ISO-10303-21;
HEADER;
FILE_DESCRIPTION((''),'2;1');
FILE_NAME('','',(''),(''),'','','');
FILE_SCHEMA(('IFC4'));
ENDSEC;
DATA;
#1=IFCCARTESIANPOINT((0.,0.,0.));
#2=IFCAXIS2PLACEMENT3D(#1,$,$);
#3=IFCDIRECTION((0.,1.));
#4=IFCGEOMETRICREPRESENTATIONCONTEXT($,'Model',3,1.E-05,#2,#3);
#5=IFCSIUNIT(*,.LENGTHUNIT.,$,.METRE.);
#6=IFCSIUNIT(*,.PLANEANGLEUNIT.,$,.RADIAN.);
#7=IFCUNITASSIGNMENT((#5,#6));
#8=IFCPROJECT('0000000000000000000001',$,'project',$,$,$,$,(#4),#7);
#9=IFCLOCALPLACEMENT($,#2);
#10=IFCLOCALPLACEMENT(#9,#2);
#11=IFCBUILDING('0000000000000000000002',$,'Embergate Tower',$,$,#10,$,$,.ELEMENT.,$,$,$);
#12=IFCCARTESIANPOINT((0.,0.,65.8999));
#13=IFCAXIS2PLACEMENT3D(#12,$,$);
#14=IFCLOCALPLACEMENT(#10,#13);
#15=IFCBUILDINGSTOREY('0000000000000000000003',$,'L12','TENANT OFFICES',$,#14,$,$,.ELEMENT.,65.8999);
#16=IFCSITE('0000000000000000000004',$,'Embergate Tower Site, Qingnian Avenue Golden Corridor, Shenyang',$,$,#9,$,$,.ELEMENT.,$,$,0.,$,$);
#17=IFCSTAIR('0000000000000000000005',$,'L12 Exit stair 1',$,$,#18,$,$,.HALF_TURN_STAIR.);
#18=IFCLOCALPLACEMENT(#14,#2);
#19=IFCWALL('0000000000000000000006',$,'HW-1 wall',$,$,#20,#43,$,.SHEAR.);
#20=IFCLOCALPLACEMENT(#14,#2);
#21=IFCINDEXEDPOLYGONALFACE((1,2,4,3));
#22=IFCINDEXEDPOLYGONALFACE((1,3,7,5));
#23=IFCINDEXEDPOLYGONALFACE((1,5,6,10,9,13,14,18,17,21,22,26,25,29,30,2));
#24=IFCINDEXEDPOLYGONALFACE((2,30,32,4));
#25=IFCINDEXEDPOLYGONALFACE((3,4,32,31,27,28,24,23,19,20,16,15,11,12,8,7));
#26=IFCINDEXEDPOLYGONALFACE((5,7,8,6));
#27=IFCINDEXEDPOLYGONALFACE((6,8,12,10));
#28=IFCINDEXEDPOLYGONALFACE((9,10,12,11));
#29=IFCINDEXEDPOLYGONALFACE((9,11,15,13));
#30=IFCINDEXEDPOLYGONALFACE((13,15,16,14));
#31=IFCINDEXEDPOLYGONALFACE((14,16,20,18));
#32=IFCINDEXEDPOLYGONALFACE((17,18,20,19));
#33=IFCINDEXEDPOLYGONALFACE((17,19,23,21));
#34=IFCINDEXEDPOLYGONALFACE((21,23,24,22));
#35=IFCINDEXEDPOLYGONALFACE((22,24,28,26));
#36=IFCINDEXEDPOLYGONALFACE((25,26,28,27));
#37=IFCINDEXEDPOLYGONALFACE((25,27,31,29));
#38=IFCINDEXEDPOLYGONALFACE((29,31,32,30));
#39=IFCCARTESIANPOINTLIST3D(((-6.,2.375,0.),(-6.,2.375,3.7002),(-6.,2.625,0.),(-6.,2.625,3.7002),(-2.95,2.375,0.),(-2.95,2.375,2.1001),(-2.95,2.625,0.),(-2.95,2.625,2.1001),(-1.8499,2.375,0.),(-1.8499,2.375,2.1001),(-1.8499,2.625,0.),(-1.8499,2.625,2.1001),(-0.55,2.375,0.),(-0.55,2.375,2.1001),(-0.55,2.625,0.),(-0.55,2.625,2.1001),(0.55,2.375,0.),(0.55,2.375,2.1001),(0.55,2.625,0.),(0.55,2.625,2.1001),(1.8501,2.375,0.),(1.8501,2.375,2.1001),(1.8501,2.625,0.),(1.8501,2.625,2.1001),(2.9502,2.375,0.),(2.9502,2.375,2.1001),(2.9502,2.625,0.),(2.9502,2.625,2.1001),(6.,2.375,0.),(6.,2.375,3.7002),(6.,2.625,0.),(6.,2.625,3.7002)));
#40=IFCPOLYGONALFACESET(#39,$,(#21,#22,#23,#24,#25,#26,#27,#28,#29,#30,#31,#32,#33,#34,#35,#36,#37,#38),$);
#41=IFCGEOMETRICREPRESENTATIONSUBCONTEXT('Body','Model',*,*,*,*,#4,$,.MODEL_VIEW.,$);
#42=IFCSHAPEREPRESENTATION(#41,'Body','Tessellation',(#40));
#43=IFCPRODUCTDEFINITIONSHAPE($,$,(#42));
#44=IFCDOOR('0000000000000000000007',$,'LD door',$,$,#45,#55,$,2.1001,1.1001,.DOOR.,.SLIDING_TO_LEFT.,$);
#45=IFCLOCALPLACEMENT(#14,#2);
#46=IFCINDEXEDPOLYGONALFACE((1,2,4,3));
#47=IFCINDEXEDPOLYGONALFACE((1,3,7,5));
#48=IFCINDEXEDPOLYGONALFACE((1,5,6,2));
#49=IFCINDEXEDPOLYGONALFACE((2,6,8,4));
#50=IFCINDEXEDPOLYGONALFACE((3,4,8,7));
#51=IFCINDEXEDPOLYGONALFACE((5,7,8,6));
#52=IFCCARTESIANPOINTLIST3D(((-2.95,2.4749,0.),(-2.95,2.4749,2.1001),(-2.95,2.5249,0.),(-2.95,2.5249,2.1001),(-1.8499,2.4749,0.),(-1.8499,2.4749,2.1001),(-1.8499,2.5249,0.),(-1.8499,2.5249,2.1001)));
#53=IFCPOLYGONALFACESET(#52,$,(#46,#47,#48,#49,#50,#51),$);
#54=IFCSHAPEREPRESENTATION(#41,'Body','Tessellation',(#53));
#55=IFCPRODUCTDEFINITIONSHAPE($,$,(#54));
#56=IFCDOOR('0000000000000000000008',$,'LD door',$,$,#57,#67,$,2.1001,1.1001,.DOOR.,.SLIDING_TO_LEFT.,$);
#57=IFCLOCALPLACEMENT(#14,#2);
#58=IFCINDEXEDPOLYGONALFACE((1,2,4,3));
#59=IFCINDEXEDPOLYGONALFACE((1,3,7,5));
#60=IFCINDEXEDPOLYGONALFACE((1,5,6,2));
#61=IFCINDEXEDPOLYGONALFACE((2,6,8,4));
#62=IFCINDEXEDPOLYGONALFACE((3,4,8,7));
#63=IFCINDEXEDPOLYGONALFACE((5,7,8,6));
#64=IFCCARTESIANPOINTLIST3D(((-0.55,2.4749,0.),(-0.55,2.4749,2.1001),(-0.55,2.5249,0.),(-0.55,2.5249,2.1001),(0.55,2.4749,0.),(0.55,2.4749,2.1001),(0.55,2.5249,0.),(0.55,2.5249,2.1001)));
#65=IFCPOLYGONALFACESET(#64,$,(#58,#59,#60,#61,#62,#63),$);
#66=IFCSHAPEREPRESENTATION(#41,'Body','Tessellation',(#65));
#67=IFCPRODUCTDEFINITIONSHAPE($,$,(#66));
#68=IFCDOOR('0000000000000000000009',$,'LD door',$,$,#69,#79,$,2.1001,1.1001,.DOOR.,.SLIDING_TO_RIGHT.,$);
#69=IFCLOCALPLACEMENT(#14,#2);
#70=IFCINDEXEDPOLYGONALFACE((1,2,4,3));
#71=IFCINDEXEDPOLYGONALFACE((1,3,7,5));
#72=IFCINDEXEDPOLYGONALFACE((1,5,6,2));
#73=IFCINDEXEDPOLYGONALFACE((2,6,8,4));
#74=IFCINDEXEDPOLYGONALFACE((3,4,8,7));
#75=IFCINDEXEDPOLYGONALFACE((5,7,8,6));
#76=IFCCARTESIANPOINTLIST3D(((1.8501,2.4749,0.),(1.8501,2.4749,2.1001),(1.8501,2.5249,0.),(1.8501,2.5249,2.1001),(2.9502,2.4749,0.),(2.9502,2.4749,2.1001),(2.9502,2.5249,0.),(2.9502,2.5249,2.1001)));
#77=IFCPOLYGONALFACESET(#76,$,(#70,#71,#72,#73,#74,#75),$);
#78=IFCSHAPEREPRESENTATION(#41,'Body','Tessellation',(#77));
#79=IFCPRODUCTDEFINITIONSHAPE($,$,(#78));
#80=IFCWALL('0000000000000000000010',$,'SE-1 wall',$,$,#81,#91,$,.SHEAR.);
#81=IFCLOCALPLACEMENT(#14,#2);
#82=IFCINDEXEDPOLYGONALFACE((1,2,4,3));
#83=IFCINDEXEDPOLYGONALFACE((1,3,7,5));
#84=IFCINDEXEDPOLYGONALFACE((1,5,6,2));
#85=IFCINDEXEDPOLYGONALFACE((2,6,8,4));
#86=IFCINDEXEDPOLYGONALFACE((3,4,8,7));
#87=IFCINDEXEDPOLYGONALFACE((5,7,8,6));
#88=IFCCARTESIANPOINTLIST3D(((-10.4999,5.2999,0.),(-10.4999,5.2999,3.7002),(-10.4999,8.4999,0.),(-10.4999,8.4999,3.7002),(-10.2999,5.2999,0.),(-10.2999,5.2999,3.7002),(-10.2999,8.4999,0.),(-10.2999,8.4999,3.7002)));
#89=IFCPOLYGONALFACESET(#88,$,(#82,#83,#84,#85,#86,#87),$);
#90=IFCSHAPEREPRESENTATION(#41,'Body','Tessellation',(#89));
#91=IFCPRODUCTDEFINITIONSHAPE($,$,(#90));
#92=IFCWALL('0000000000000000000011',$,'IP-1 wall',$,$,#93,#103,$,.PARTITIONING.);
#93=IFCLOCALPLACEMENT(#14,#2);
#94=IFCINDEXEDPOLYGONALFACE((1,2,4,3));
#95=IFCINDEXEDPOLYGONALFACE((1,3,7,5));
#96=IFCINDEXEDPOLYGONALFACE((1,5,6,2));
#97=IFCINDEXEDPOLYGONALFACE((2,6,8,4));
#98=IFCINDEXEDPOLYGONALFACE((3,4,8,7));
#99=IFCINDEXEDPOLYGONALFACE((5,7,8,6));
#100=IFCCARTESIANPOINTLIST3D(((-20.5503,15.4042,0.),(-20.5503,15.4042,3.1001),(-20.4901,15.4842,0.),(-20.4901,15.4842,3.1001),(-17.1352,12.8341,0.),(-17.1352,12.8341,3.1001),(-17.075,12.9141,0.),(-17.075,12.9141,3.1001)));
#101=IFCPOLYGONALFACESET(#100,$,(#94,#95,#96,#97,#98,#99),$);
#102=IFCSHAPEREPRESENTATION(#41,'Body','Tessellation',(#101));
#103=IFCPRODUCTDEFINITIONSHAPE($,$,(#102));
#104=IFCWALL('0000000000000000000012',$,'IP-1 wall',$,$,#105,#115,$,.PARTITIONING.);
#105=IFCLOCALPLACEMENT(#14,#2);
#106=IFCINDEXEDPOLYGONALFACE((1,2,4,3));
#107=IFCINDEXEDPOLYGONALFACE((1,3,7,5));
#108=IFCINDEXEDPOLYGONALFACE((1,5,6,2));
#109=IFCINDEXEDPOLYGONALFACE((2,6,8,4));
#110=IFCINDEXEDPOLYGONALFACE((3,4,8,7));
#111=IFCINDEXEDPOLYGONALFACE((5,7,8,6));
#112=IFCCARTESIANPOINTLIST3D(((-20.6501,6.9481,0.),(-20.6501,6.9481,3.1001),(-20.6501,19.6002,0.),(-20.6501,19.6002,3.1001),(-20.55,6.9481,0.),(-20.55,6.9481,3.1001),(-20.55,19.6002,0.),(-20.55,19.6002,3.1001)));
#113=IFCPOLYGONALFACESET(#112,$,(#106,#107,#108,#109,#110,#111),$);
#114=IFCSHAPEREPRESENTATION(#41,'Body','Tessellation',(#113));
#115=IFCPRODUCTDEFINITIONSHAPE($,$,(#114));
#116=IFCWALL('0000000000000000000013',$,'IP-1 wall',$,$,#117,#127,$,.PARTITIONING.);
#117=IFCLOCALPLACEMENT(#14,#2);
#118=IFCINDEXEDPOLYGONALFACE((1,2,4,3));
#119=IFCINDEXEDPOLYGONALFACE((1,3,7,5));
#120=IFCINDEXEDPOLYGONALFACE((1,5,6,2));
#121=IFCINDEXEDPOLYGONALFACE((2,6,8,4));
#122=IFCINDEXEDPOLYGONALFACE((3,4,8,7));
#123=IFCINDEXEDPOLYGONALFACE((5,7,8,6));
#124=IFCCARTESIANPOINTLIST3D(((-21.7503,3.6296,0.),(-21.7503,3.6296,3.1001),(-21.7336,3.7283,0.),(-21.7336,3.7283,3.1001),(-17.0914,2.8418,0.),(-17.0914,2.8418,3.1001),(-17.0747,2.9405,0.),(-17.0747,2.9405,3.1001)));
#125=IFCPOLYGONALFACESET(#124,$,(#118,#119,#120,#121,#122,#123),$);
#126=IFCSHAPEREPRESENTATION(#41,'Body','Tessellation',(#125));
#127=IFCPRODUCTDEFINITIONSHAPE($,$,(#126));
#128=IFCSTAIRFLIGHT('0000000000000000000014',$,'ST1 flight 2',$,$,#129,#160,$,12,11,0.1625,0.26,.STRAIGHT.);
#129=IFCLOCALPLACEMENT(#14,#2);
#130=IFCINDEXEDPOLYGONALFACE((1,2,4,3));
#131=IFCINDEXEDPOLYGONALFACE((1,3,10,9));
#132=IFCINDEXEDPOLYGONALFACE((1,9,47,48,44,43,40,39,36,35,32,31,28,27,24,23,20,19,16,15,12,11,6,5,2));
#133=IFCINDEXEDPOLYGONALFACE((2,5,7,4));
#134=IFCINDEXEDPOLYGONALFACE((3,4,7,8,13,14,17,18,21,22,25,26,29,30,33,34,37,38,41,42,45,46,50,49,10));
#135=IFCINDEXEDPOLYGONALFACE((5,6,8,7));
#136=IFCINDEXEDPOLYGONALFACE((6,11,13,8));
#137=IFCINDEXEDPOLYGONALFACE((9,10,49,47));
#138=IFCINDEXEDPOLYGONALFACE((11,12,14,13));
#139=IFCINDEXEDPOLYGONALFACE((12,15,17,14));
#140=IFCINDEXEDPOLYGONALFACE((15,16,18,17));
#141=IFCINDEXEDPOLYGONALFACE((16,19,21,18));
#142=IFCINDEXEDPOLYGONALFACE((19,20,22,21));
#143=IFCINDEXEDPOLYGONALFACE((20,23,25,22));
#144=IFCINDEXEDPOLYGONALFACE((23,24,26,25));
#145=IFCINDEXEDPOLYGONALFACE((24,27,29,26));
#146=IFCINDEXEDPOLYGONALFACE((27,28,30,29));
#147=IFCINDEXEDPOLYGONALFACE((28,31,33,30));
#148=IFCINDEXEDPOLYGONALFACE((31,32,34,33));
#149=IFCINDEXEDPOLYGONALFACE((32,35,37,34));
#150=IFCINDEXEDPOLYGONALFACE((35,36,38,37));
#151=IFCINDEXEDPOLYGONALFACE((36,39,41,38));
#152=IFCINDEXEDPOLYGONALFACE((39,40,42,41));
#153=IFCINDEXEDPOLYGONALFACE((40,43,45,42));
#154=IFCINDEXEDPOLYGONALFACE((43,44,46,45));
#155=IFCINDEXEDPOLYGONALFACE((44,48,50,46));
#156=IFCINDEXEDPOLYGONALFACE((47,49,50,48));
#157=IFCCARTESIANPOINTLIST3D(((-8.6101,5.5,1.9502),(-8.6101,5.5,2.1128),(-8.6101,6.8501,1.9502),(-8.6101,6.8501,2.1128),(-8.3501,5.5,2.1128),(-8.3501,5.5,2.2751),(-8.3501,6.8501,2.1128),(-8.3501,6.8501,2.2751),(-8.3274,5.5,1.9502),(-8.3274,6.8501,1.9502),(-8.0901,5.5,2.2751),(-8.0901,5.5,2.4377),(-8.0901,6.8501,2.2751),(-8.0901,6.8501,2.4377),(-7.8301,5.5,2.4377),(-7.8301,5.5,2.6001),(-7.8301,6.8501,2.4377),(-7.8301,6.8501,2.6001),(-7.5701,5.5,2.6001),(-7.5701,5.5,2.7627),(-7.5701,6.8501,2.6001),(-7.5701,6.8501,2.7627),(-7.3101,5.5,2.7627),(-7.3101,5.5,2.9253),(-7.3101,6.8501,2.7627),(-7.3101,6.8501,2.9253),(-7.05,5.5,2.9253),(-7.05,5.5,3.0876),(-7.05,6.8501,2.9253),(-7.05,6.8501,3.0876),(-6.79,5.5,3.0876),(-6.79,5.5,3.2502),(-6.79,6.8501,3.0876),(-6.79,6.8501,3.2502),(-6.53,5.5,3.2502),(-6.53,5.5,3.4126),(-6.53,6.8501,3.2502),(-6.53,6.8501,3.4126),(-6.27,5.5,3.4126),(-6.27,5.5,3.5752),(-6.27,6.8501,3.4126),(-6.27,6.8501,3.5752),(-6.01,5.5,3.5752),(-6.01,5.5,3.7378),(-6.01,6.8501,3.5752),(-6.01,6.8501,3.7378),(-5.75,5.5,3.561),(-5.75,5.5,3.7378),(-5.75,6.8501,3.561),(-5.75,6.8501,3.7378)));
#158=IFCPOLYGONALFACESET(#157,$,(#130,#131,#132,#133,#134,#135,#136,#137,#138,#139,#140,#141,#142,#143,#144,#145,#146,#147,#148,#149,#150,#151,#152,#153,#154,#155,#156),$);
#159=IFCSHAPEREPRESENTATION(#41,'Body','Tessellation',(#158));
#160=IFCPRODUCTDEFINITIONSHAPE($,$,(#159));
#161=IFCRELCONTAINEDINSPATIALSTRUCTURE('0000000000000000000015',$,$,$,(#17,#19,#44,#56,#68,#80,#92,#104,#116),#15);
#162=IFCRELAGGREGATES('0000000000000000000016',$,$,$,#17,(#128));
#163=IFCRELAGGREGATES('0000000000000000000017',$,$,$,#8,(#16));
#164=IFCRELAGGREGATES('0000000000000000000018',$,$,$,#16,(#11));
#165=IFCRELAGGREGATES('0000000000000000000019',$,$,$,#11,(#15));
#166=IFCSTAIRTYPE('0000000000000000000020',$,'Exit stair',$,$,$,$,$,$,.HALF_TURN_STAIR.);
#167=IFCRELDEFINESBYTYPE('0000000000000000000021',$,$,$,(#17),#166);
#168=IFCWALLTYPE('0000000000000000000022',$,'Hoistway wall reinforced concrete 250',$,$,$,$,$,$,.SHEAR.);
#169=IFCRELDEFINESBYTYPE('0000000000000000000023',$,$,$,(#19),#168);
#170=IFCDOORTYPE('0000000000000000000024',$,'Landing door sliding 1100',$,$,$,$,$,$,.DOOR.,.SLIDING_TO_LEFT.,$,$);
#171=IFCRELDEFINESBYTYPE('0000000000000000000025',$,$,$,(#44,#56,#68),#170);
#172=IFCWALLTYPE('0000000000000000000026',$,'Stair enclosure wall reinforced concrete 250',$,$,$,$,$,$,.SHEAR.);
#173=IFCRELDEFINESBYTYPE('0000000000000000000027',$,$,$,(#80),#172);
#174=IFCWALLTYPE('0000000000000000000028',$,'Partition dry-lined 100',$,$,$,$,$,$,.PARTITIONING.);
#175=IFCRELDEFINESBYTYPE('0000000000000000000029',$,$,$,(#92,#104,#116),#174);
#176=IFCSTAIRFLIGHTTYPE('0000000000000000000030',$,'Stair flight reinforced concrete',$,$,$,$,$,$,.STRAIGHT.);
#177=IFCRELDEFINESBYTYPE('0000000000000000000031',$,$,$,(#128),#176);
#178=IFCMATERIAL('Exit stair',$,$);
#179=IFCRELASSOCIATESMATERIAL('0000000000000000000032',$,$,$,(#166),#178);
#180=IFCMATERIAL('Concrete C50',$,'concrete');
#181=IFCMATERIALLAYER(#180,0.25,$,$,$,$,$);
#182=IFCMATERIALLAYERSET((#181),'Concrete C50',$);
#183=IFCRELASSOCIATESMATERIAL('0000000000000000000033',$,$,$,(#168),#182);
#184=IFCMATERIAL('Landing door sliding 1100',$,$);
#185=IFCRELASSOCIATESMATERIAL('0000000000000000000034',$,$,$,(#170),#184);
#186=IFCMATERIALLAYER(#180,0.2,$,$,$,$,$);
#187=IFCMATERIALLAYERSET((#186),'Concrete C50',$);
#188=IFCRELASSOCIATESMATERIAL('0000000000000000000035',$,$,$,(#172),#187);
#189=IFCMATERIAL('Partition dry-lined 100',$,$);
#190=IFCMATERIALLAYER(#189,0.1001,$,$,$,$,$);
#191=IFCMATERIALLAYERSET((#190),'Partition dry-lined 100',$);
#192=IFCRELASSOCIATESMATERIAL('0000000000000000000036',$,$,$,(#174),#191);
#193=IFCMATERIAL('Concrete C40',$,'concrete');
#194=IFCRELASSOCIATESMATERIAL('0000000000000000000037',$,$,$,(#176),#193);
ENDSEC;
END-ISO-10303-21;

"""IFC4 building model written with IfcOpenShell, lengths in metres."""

from ifc_helpers import new_model, si_unit, direction, frame, frame_2d, origin, place, context, subcontext, project, spatial, polyline, rectangle, outline, extrude, source, transform, mapped, material, layer, layer_set, type_object, element, fill, aggregate, save


model = new_model("IFC4")

# Units and contexts
model_context = context("Model", 3, precision=1e-05, world=origin(), true_north=direction((0.0, 1.0)))
body_context = subcontext(model_context, "Body", "Model", "MODEL_VIEW")
ifc_project = project(units=[si_unit("LENGTHUNIT", "METRE"), si_unit("PLANEANGLEUNIT", "RADIAN")], contexts=[model_context])

# Site, building, storey
site_placement = place(None, origin())
site = spatial("IfcSite", under=ifc_project, at=site_placement, Name="Embergate Tower Site, Qingnian Avenue Golden Corridor, Shenyang", CompositionType="ELEMENT", RefElevation=0.0)
building_placement = place(site_placement, origin())
building = spatial("IfcBuilding", under=site, at=building_placement, Name="Embergate Tower", CompositionType="ELEMENT")
storey_placement = place(building_placement, frame((0.0, 0.0, 65.8999)))
storey = spatial("IfcBuildingStorey", under=building, at=storey_placement, Name="L12", Description="TENANT OFFICES", CompositionType="ELEMENT", Elevation=65.8999)

# Stair
ifc_material_1 = material(Name="Exit stair")
stair_type = type_object("IfcStairType", Name="Exit stair", PredefinedType="HALF_TURN_STAIR", material=ifc_material_1)
stair_placement = place(storey_placement, origin())
stair = element("IfcStair", 1, at=stair_placement, inside=storey, type_object=stair_type, Name="L12 Exit stair 1", PredefinedType="HALF_TURN_STAIR")
ifc_material_2 = material(Name="Concrete C40", Category="concrete")

# Shared definitions
ifc_material_3 = material(Name="Concrete C50", Category="concrete")
ifc_layer_1 = layer(ifc_material_3, 0.25)
ifc_layer_set_1 = layer_set([ifc_layer_1], Name="Concrete C50")
wall_type_1 = type_object("IfcWallType", Name="Hoistway wall reinforced concrete 250", PredefinedType="SHEAR", material=ifc_layer_set_1)

# Wall, openings, doors
shared_shape_1 = source(origin(), body_context, "Body", "SweptSolid", [
    extrude(rectangle(XDim=12.0, YDim=0.25, at=frame_2d((6.0, 0.0))), origin(), (0.0, 0.0, 1.0), 3.7002),
])
wall_1_placement = place(storey_placement, frame((-6.0, 2.5, 0.0), z_axis=(0.0, 0.0, 1.0), x_axis=(1.0, 0.0, 0.0)))
wall_1 = element("IfcWall", 2, at=wall_1_placement, inside=storey, type_object=wall_type_1, Name="HW-1 wall", PredefinedType="SHEAR", context=body_context, shape_type="MappedRepresentation", body=[
    mapped(shared_shape_1, transform((0.0, 0.0, 0.0))),
])
shared_shape_2 = source(origin(), body_context, "Body", "SweptSolid", [
    extrude(rectangle(XDim=1.1001, YDim=2.1001, at=frame_2d((0.55, 1.05))), frame((0.0, 0.135, 0.0), z_axis=(0.0, -1.0, 0.0), x_axis=(1.0, 0.0, 0.0)), (0.0, 0.0, 1.0), 0.27),
])
opening_1_placement = place(wall_1_placement, frame((3.05, 0.0, 0.0)))
opening_1 = element("IfcOpeningElement", 3, at=opening_1_placement, cuts=wall_1, PredefinedType="OPENING", context=body_context, shape_type="MappedRepresentation", body=[
    mapped(shared_shape_2, transform((0.0, 0.0, 0.0))),
])
opening_2_placement = place(wall_1_placement, frame((5.45, 0.0, 0.0)))
opening_2 = element("IfcOpeningElement", 4, at=opening_2_placement, cuts=wall_1, PredefinedType="OPENING", context=body_context, shape_type="MappedRepresentation", body=[
    mapped(shared_shape_2, transform((0.0, 0.0, 0.0))),
])
opening_3_placement = place(wall_1_placement, frame((7.8501, 0.0, 0.0)))
opening_3 = element("IfcOpeningElement", 5, at=opening_3_placement, cuts=wall_1, PredefinedType="OPENING", context=body_context, shape_type="MappedRepresentation", body=[
    mapped(shared_shape_2, transform((0.0, 0.0, 0.0))),
])
ifc_material_4 = material(Name="Landing door sliding 1100")
door_type_1 = type_object("IfcDoorType", Name="Landing door sliding 1100", OperationType="SLIDING_TO_LEFT", PredefinedType="DOOR", material=ifc_material_4)
shared_shape_3 = source(origin(), body_context, "Body", "SweptSolid", [
    extrude(rectangle(XDim=1.1001, YDim=2.1001, at=frame_2d((0.55, 1.05))), frame((0.0, 0.0249, 0.0), z_axis=(0.0, -1.0, 0.0), x_axis=(1.0, 0.0, 0.0)), (0.0, 0.0, 1.0), 0.05),
])
door_1_placement = place(opening_1_placement, origin())
door_1 = element("IfcDoor", 6, at=door_1_placement, inside=storey, type_object=door_type_1, Name="LD door", OperationType="SLIDING_TO_LEFT", OverallHeight=2.1001, OverallWidth=1.1001, PredefinedType="DOOR", context=body_context, shape_type="MappedRepresentation", body=[
    mapped(shared_shape_3, transform((0.0, 0.0, 0.0))),
])
fill(opening_1, door_1)
door_2_placement = place(opening_2_placement, origin())
door_2 = element("IfcDoor", 7, at=door_2_placement, inside=storey, type_object=door_type_1, Name="LD door", OperationType="SLIDING_TO_LEFT", OverallHeight=2.1001, OverallWidth=1.1001, PredefinedType="DOOR", context=body_context, shape_type="MappedRepresentation", body=[
    mapped(shared_shape_3, transform((0.0, 0.0, 0.0))),
])
fill(opening_2, door_2)
door_3_placement = place(opening_3_placement, origin())
door_3 = element("IfcDoor", 8, at=door_3_placement, inside=storey, type_object=door_type_1, Name="LD door", OperationType="SLIDING_TO_RIGHT", OverallHeight=2.1001, OverallWidth=1.1001, PredefinedType="DOOR", context=body_context, shape_type="MappedRepresentation", body=[
    mapped(shared_shape_3, transform((0.0, 0.0, 0.0))),
])
fill(opening_3, door_3)

# Walls
ifc_layer_2 = layer(ifc_material_3, 0.2)
ifc_layer_set_2 = layer_set([ifc_layer_2], Name="Concrete C50")
wall_type_2 = type_object("IfcWallType", Name="Stair enclosure wall reinforced concrete 250", PredefinedType="SHEAR", material=ifc_layer_set_2)
shared_shape_4 = source(origin(), body_context, "Body", "SweptSolid", [
    extrude(rectangle(XDim=3.2, YDim=0.2, at=frame_2d((1.6001, 0.0))), origin(), (0.0, 0.0, 1.0), 3.7002),
])
wall_2_placement = place(storey_placement, frame((-10.3999, 8.5, 0.0), z_axis=(0.0, 0.0, 1.0), x_axis=(0.0, -1.0, 0.0)))
element("IfcWall", 9, at=wall_2_placement, inside=storey, type_object=wall_type_2, Name="SE-1 wall", PredefinedType="SHEAR", context=body_context, shape_type="MappedRepresentation", body=[
    mapped(shared_shape_4, transform((0.0, 0.0, 0.0))),
])
ifc_material_5 = material(Name="Partition dry-lined 100")
ifc_layer_3 = layer(ifc_material_5, 0.1001)
ifc_layer_set_3 = layer_set([ifc_layer_3], Name="Partition dry-lined 100")
wall_type_3 = type_object("IfcWallType", Name="Partition dry-lined 100", PredefinedType="PARTITIONING", material=ifc_layer_set_3)
shared_shape_5 = source(origin(), body_context, "Body", "SweptSolid", [
    extrude(rectangle(XDim=4.2742, YDim=0.1001, at=frame_2d((2.1372, 0.0))), origin(), (0.0, 0.0, 1.0), 3.1001),
])
wall_3_placement = place(storey_placement, frame((-17.105, 12.874, 0.0), z_axis=(0.0, 0.0, 1.0), x_axis=(-0.799012, 0.601315, 0.0)))
element("IfcWall", 10, at=wall_3_placement, inside=storey, type_object=wall_type_3, Name="IP-1 wall", PredefinedType="PARTITIONING", context=body_context, shape_type="MappedRepresentation", body=[
    mapped(shared_shape_5, transform((0.0, 0.0, 0.0))),
])
shared_shape_6 = source(origin(), body_context, "Body", "SweptSolid", [
    extrude(rectangle(XDim=12.6521, YDim=0.1001, at=frame_2d((6.3262, 0.0))), origin(), (0.0, 0.0, 1.0), 3.1001),
])
wall_4_placement = place(storey_placement, frame((-20.6001, 6.948, 0.0), z_axis=(0.0, 0.0, 1.0), x_axis=(0.0, 1.0, 0.0)))
element("IfcWall", 11, at=wall_4_placement, inside=storey, type_object=wall_type_3, Name="IP-1 wall", PredefinedType="PARTITIONING", context=body_context, shape_type="MappedRepresentation", body=[
    mapped(shared_shape_6, transform((0.0, 0.0, 0.0))),
])
shared_shape_7 = source(origin(), body_context, "Body", "SweptSolid", [
    extrude(rectangle(XDim=4.7251, YDim=0.1001, at=frame_2d((2.3625, 0.0))), origin(), (0.0, 0.0, 1.0), 3.1001),
])
wall_5_placement = place(storey_placement, frame((-17.083, 2.8911, 0.0), z_axis=(0.0, 0.0, 1.0), x_axis=(-0.986002, 0.166736, 0.0)))
element("IfcWall", 12, at=wall_5_placement, inside=storey, type_object=wall_type_3, Name="IP-1 wall", PredefinedType="PARTITIONING", context=body_context, shape_type="MappedRepresentation", body=[
    mapped(shared_shape_7, transform((0.0, 0.0, 0.0))),
])

# Stair flight
stair_flight_type = type_object("IfcStairFlightType", Name="Stair flight reinforced concrete", PredefinedType="STRAIGHT", material=ifc_material_2)
shared_shape_8 = source(origin(), body_context, "Body", "SweptSolid", [
    extrude(outline(polyline([(0.0, 0.0), (0.0, 0.1626), (0.26, 0.1626), (0.26, 0.325), (0.52, 0.325), (0.52, 0.4875), (0.78, 0.4875), (0.78, 0.6499), (1.04, 0.6499), (1.04, 0.8125), (1.3, 0.8125), (1.3, 0.9751), (1.5601, 0.9751), (1.5601, 1.1375), (1.8201, 1.1375), (1.8201, 1.3), (2.0801, 1.3), (2.0801, 1.4624), (2.3401, 1.4624), (2.3401, 1.625), (2.6001, 1.625), (2.6001, 1.7876), (2.8601, 1.7876), (2.8601, 1.95), (2.8601, 1.6108), (0.2827, 0.0), (0.0, 0.0)])), frame((0.0, 0.675, 0.0), z_axis=(0.0, -1.0, 0.0), x_axis=(1.0, 0.0, 0.0)), (0.0, 0.0, 1.0), 1.3501),
])
stair_flight_placement = place(storey_placement, frame((-8.6101, 6.175, 1.9502), z_axis=(0.0, 0.0, 1.0), x_axis=(1.0, 0.0, 0.0)))
stair_flight = element("IfcStairFlight", 13, at=stair_flight_placement, type_object=stair_flight_type, Name="ST1 flight 2", NumberOfRisers=12, NumberOfTreads=11, PredefinedType="STRAIGHT", RiserHeight=0.1625, TreadLength=0.26, context=body_context, shape_type="MappedRepresentation", body=[
    mapped(shared_shape_8, transform((0.0, 0.0, 0.0))),
])
aggregate(stair, [stair_flight])

save(model, "model.ifc")
